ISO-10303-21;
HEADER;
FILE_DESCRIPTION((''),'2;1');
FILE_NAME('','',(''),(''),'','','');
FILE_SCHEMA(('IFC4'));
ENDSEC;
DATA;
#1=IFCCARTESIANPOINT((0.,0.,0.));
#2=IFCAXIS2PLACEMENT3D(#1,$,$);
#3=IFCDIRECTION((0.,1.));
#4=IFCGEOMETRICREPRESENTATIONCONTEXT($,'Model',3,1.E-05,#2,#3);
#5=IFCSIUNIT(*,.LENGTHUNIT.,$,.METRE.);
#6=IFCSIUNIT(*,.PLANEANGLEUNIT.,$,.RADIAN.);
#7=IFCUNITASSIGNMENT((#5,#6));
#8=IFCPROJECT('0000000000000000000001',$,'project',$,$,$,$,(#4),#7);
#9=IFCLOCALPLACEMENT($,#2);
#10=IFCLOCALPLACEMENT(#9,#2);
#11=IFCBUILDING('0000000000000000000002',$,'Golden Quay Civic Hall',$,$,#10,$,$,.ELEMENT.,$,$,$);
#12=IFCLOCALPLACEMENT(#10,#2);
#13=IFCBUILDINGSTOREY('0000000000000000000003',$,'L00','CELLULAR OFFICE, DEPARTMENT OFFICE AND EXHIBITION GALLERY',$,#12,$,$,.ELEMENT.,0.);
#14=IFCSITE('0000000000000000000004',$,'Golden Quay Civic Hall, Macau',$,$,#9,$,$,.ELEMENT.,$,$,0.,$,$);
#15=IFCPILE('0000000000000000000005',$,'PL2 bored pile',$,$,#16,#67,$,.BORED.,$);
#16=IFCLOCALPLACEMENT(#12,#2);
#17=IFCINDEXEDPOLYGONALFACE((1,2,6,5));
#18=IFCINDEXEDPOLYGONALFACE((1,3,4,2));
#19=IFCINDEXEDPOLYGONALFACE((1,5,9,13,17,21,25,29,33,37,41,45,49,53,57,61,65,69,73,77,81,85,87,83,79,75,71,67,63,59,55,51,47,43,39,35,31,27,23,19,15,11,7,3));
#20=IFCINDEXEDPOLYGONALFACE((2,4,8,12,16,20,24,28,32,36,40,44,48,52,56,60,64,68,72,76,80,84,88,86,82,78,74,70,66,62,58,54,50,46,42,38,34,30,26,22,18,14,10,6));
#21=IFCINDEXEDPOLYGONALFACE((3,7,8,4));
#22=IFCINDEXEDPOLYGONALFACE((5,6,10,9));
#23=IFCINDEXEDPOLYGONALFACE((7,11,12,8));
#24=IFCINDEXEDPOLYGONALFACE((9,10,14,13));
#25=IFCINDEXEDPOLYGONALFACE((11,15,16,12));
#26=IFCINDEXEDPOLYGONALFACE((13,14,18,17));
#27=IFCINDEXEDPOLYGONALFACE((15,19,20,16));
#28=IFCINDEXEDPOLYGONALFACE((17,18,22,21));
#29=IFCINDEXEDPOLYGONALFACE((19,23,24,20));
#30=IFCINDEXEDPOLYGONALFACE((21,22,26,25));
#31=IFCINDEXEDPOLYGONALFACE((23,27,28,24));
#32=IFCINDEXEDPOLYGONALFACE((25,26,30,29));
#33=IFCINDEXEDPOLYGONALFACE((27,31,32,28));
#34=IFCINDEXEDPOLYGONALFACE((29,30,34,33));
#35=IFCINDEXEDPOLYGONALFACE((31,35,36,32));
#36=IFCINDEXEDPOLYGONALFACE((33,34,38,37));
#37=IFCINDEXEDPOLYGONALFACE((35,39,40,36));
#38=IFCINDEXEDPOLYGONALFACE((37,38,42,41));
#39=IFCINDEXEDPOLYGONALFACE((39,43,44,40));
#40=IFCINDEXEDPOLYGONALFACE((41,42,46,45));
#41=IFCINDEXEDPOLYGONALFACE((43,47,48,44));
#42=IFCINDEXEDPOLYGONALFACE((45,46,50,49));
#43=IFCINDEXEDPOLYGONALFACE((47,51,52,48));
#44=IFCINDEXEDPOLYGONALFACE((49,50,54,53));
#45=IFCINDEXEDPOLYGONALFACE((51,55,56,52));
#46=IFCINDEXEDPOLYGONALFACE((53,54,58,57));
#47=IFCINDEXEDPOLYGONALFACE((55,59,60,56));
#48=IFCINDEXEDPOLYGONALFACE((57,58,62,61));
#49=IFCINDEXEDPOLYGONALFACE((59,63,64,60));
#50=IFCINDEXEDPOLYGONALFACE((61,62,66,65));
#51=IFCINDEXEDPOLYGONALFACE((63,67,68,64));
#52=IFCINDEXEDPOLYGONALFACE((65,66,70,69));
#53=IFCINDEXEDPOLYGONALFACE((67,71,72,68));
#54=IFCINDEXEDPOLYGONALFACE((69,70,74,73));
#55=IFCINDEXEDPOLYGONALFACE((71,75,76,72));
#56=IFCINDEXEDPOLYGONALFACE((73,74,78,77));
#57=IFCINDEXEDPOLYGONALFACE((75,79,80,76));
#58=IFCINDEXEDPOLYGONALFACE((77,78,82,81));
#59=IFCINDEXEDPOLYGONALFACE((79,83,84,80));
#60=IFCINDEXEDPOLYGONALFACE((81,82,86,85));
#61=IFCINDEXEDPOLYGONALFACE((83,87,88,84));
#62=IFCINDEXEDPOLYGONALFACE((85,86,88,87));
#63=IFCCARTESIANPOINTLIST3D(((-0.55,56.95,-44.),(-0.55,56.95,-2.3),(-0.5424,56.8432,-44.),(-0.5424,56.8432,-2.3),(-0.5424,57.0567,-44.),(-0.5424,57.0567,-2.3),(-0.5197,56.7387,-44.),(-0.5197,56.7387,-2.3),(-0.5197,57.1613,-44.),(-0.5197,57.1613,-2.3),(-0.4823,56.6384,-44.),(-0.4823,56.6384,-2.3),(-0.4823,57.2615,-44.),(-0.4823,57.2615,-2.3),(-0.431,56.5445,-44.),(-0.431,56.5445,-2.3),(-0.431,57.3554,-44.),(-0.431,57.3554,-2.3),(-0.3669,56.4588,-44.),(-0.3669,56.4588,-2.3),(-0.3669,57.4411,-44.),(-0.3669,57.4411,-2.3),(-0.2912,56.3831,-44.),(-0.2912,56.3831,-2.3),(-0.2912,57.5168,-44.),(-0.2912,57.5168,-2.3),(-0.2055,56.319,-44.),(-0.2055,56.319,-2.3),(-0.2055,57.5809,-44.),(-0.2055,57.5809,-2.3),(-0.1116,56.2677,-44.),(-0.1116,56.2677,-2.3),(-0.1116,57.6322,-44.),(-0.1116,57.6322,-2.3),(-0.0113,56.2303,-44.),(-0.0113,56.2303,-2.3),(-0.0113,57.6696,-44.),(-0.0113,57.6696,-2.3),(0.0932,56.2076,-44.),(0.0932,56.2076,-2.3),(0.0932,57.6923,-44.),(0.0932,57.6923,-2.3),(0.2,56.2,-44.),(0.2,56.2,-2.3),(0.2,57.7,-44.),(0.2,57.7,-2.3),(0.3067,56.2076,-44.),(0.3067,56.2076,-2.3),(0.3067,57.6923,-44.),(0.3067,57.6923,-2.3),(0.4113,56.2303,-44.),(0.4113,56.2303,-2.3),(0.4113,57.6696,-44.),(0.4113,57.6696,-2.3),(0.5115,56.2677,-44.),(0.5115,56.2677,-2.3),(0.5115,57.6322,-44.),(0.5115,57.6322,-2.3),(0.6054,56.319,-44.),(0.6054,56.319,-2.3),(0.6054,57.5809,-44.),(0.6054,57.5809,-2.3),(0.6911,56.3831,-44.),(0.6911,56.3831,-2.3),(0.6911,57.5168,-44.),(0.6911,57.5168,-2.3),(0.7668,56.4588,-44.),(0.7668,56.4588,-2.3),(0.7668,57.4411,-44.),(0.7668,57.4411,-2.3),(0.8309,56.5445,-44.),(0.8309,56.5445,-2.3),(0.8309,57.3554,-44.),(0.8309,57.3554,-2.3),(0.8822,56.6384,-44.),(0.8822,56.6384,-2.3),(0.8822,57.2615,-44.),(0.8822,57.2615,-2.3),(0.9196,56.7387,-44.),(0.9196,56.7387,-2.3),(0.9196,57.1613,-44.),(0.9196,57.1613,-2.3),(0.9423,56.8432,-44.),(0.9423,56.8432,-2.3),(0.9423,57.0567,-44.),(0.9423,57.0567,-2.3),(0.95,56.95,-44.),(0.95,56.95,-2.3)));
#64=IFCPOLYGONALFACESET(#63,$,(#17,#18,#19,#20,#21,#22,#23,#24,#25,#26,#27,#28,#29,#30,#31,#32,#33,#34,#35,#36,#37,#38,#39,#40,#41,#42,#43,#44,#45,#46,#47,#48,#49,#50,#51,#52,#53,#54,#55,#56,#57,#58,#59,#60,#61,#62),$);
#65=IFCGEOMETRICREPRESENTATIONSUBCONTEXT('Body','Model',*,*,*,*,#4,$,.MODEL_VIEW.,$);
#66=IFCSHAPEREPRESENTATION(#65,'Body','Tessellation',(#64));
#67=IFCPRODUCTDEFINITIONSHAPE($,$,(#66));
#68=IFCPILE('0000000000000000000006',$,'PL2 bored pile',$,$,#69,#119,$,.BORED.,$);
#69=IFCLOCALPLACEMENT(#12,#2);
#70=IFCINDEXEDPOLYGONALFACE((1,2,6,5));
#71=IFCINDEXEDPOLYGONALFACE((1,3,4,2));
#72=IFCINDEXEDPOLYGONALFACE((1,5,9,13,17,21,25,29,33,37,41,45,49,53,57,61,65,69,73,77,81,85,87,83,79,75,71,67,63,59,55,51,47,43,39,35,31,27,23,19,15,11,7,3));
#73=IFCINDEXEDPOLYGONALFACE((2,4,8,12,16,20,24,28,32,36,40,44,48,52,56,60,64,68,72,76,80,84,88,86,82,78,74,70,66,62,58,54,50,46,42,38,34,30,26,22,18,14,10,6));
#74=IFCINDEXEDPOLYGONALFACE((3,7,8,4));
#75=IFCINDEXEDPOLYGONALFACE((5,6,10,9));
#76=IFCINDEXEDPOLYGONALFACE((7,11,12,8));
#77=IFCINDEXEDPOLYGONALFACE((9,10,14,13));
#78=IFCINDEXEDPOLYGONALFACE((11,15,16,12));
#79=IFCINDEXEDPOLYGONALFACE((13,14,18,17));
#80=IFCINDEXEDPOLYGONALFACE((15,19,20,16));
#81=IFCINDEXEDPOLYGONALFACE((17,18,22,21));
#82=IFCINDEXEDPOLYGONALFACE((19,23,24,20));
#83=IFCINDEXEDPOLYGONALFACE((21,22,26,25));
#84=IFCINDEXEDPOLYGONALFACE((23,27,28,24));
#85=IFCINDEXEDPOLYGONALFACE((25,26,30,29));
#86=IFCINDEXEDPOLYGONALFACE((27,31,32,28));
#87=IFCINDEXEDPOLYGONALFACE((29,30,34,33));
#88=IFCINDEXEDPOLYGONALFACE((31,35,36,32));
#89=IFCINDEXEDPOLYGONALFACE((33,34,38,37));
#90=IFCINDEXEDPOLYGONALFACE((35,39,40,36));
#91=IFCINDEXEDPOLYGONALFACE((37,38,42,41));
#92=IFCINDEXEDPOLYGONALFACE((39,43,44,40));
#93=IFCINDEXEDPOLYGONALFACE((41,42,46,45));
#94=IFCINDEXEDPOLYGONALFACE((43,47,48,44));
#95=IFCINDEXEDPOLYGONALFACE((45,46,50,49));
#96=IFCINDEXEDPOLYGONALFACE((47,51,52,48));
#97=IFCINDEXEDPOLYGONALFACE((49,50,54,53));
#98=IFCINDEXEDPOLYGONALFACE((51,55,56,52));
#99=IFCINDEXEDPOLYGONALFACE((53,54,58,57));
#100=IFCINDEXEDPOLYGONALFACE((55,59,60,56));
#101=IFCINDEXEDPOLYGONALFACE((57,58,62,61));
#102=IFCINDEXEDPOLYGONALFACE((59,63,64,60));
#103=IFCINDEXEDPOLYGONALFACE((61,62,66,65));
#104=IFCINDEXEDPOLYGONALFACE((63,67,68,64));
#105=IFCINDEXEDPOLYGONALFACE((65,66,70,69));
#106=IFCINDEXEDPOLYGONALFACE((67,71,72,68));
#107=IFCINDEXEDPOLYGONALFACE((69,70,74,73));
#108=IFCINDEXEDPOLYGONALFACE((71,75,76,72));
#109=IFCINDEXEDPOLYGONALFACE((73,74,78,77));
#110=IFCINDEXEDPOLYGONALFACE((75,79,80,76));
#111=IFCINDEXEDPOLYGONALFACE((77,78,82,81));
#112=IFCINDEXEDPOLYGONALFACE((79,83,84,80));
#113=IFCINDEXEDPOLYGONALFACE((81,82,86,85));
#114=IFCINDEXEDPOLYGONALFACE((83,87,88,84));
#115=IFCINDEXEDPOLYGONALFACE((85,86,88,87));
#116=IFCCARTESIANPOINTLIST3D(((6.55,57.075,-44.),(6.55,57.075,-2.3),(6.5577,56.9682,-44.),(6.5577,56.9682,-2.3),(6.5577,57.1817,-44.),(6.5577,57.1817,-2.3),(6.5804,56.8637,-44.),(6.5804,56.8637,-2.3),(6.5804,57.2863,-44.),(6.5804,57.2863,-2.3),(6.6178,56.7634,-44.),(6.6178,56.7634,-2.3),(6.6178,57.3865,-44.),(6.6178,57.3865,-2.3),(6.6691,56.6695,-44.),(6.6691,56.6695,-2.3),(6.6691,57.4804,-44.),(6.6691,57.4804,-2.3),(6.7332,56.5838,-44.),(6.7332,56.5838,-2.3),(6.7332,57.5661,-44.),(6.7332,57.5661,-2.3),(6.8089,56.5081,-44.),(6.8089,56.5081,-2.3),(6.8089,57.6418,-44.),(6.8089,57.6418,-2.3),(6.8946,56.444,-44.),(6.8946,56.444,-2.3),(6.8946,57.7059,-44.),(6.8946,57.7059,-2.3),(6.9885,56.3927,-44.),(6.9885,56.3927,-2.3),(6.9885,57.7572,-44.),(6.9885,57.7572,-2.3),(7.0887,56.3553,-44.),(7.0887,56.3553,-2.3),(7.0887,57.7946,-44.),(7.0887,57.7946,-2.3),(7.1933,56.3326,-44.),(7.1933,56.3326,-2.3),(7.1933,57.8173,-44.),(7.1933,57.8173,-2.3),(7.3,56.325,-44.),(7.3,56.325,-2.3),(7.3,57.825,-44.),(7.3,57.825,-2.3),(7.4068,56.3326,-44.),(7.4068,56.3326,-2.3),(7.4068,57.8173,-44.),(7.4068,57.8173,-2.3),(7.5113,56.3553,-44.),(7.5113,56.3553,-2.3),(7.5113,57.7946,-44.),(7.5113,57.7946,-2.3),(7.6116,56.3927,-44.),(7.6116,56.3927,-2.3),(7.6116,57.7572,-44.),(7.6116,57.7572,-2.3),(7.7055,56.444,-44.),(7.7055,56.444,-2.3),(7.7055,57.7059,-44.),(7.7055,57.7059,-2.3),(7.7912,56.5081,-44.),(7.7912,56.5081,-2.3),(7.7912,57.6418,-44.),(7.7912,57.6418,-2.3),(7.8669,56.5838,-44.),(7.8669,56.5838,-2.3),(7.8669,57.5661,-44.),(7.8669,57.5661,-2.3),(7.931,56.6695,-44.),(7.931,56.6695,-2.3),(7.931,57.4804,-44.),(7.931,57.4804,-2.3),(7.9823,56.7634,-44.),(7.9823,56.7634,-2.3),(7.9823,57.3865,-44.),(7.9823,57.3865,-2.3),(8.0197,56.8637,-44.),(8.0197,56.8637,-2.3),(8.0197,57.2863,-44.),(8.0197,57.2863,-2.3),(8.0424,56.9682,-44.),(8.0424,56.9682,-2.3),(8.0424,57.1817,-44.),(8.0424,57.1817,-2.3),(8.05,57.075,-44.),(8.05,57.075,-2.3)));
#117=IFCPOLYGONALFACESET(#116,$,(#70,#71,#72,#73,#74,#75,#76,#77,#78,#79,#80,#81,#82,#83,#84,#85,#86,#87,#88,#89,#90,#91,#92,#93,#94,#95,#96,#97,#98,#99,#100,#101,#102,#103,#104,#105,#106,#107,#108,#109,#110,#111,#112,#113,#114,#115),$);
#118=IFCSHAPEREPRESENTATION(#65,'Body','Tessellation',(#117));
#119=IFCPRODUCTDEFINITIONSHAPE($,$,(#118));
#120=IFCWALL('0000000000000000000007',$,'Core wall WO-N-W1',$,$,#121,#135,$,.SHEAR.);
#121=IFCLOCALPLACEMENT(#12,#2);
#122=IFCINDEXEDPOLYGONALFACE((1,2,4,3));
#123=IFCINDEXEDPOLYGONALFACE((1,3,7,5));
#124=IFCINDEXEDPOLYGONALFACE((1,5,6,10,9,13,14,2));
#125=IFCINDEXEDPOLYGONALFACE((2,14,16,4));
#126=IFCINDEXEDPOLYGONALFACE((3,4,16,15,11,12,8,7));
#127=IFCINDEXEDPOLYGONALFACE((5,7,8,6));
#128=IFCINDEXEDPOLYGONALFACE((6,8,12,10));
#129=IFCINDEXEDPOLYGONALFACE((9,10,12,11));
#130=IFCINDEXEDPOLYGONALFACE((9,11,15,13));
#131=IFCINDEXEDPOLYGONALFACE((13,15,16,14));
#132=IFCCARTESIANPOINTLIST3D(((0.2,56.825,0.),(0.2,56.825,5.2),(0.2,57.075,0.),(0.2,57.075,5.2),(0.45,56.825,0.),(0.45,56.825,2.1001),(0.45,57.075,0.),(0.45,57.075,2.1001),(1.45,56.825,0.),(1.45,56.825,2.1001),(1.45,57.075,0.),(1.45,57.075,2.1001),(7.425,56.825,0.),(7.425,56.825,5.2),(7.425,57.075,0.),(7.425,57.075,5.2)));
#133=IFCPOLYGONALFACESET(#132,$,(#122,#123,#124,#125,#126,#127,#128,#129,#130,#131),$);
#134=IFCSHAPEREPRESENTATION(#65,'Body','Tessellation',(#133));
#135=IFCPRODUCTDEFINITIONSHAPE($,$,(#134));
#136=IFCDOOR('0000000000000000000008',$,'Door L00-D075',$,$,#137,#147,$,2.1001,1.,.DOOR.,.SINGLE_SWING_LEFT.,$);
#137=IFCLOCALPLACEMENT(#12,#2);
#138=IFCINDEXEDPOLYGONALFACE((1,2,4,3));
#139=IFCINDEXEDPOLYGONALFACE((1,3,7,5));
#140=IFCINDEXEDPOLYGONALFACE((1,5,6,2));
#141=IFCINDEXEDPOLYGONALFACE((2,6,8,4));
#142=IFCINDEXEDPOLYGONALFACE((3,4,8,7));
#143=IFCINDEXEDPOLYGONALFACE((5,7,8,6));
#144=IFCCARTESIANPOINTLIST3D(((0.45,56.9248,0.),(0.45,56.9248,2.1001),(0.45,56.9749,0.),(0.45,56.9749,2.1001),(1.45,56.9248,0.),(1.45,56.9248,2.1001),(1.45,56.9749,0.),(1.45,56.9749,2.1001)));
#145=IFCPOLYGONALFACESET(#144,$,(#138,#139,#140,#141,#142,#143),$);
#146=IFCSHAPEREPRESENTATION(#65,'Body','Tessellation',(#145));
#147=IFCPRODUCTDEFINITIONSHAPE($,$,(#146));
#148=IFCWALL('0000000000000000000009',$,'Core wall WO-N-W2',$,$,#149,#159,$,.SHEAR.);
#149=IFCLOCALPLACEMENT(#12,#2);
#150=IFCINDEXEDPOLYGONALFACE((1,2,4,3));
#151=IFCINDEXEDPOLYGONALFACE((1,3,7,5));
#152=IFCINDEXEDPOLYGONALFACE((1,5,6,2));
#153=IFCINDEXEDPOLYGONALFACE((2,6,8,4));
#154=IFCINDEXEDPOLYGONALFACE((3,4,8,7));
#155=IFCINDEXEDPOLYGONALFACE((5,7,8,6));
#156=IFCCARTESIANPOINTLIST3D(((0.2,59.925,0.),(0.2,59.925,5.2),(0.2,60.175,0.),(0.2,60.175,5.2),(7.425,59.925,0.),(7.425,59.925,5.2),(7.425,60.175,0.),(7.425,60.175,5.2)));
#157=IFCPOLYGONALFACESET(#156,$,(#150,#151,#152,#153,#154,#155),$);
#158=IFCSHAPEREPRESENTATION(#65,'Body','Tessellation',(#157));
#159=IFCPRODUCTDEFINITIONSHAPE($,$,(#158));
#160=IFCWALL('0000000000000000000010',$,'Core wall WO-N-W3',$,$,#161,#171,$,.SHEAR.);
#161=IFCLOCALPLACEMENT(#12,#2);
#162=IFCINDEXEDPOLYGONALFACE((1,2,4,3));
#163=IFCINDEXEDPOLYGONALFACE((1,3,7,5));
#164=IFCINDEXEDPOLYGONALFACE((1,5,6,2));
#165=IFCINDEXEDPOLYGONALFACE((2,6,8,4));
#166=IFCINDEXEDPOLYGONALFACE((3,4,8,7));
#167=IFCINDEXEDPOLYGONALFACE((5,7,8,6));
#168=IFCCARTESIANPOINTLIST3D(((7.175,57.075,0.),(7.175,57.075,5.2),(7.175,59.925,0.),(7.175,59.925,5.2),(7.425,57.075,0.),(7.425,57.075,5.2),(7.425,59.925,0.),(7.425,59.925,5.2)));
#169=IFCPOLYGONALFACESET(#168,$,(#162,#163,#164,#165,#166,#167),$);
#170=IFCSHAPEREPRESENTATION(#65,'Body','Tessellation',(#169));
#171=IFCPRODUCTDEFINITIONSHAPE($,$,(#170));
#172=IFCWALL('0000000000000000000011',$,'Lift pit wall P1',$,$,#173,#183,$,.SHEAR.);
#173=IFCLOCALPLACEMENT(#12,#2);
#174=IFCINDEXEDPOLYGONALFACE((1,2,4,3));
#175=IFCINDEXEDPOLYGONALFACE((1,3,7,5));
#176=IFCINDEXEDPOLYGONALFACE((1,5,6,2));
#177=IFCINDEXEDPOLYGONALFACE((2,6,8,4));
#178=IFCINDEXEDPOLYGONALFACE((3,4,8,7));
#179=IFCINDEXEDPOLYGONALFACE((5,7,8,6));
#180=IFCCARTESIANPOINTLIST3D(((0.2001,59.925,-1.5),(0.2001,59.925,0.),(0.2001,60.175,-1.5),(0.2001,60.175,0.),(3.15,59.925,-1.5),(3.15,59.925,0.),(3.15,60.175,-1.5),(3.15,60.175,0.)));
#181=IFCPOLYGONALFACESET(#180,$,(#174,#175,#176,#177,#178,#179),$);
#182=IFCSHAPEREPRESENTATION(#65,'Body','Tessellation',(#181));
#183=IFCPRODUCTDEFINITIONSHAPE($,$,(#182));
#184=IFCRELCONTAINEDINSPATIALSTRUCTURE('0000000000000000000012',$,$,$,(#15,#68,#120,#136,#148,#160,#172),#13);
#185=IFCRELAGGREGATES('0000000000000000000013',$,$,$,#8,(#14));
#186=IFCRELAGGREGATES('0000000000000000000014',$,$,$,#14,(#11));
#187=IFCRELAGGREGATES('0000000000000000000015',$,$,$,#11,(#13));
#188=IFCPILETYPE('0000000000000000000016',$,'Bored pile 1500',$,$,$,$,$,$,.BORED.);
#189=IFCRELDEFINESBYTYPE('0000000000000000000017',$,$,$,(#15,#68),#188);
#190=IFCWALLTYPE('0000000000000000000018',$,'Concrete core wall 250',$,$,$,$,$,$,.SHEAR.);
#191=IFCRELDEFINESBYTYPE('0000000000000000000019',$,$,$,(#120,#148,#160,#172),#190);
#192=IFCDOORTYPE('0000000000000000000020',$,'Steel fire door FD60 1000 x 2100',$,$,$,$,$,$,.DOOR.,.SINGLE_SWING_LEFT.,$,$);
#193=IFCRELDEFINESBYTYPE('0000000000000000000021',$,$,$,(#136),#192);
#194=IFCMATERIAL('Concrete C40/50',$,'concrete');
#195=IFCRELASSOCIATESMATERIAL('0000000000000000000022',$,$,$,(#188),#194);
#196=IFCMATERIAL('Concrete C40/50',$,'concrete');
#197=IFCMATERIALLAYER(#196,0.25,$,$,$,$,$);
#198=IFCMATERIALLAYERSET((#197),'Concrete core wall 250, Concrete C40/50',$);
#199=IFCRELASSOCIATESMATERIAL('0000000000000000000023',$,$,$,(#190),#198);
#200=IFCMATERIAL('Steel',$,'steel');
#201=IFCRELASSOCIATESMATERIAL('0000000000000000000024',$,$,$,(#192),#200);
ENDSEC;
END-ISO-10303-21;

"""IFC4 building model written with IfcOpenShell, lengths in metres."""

from ifc_helpers import new_model, si_unit, direction, frame, frame_2d, origin, origin_2d, place, context, subcontext, project, spatial, rectangle, circle, extrude, material, layer, layer_set, material_profile, profile_set, type_object, element, fill, save


model = new_model("IFC4")

# Units and contexts
model_context = context("Model", 3, precision=1e-05, world=origin(), true_north=direction((0.0, 1.0)))
body_context = subcontext(model_context, "Body", "Model", "MODEL_VIEW")
ifc_project = project(units=[si_unit("LENGTHUNIT", "METRE"), si_unit("PLANEANGLEUNIT", "RADIAN")], contexts=[model_context])

# Site, building, storey
site_placement = place(None, origin())
site = spatial("IfcSite", under=ifc_project, at=site_placement, Name="Golden Quay Civic Hall, Macau", CompositionType="ELEMENT", RefElevation=0.0)
building_placement = place(site_placement, origin())
building = spatial("IfcBuilding", under=site, at=building_placement, Name="Golden Quay Civic Hall", CompositionType="ELEMENT")
storey_placement = place(building_placement, origin())
storey = spatial("IfcBuildingStorey", under=building, at=storey_placement, Name="L00", Description="CELLULAR OFFICE, DEPARTMENT OFFICE AND EXHIBITION GALLERY", CompositionType="ELEMENT", Elevation=0.0)

# Piles
ifc_material_1 = material(Name="Concrete C40/50", Category="concrete")
ifc_material_profile = material_profile(ifc_material_1, circle(Radius=0.75, at=origin_2d()), Name="RC D1500")
ifc_profile_set = profile_set([ifc_material_profile], Name="Concrete C40/50")
pile_type = type_object("IfcPileType", Name="Bored pile 1500", PredefinedType="BORED", material=ifc_profile_set)
for number, where, z_axis, x_axis, name in (
    (1, (0.2, 56.95, -2.3), (0.0, 0.0, -1.0), (1.0, 0.0, 0.0), "PL2 bored pile"),
    (2, (7.3, 57.075, -2.3), (0.0, 0.0, -1.0), (1.0, 0.0, 0.0), "PL2 bored pile"),
):
    element("IfcPile", number, at=place(storey_placement, frame(where, z_axis=z_axis, x_axis=x_axis)), inside=storey, type_object=pile_type, Name=name, PredefinedType="BORED", context=body_context, shape_type="SweptSolid", body=[
        extrude(circle(Radius=0.75, at=origin_2d()), origin(), (0.0, 0.0, 1.0), 41.7),
    ])

# Wall, opening, door
ifc_material_2 = material(Name="Concrete C40/50", Category="concrete")
ifc_layer_1 = layer(ifc_material_2, 0.25)
ifc_layer_set_1 = layer_set([ifc_layer_1], Name="Concrete core wall 250, Concrete C40/50")
wall_type_1 = type_object("IfcWallType", Name="Concrete core wall 250", PredefinedType="SHEAR", material=ifc_layer_set_1)
wall_1_placement = place(storey_placement, frame((0.2, 56.95, 0.0), z_axis=(0.0, 0.0, 1.0), x_axis=(1.0, 0.0, 0.0)))
wall_1 = element("IfcWall", 3, at=wall_1_placement, inside=storey, type_object=wall_type_1, Name="Core wall WO-N-W1", PredefinedType="SHEAR", context=body_context, shape_type="SweptSolid", body=[
    extrude(rectangle(XDim=7.2251, YDim=0.25, at=frame_2d((3.6125, 0.0))), origin(), (0.0, 0.0, 1.0), 5.2),
])
opening_1_placement = place(wall_1_placement, frame((0.25, 0.0, 0.0)))
opening_1 = element("IfcOpeningElement", 4, at=opening_1_placement, cuts=wall_1, PredefinedType="OPENING", context=body_context, shape_type="SweptSolid", body=[
    extrude(rectangle(XDim=1.0, YDim=2.1001, at=frame_2d((0.5, 1.05))), frame((0.0, 0.135, 0.0), z_axis=(0.0, -1.0, 0.0), x_axis=(1.0, 0.0, 0.0)), (0.0, 0.0, 1.0), 0.27),
])
ifc_material_3 = material(Name="Steel", Category="steel")
door_type_1 = type_object("IfcDoorType", Name="Steel fire door FD60 1000 x 2100", OperationType="SINGLE_SWING_LEFT", PredefinedType="DOOR", material=ifc_material_3)
door_1_placement = place(opening_1_placement, origin())
door_1 = element("IfcDoor", 5, at=door_1_placement, inside=storey, type_object=door_type_1, Name="Door L00-D075", OperationType="SINGLE_SWING_LEFT", OverallHeight=2.1001, OverallWidth=1.0, PredefinedType="DOOR", context=body_context, shape_type="SweptSolid", body=[
    extrude(rectangle(XDim=1.0, YDim=2.1001, at=frame_2d((0.5, 1.05))), frame((0.0, 0.0249, 0.0), z_axis=(0.0, -1.0, 0.0), x_axis=(1.0, 0.0, 0.0)), (0.0, 0.0, 1.0), 0.05),
])
fill(opening_1, door_1)

# Walls
wall_2_placement = place(storey_placement, frame((0.2, 60.05, 0.0), z_axis=(0.0, 0.0, 1.0), x_axis=(1.0, 0.0, 0.0)))
element("IfcWall", 6, at=wall_2_placement, inside=storey, type_object=wall_type_1, Name="Core wall WO-N-W2", PredefinedType="SHEAR", context=body_context, shape_type="SweptSolid", body=[
    extrude(rectangle(XDim=7.2251, YDim=0.25, at=frame_2d((3.6125, 0.0))), origin(), (0.0, 0.0, 1.0), 5.2),
])
wall_3_placement = place(storey_placement, frame((7.3, 57.075, 0.0), z_axis=(0.0, 0.0, 1.0), x_axis=(0.0, 1.0, 0.0)))
element("IfcWall", 7, at=wall_3_placement, inside=storey, type_object=wall_type_1, Name="Core wall WO-N-W3", PredefinedType="SHEAR", context=body_context, shape_type="SweptSolid", body=[
    extrude(rectangle(XDim=2.8501, YDim=0.25, at=frame_2d((1.425, 0.0))), origin(), (0.0, 0.0, 1.0), 5.2),
])
wall_4_placement = place(storey_placement, frame((0.2, 60.05, -1.5), z_axis=(0.0, 0.0, 1.0), x_axis=(1.0, 0.0, 0.0)))
element("IfcWall", 8, at=wall_4_placement, inside=storey, type_object=wall_type_1, Name="Lift pit wall P1", PredefinedType="SHEAR", context=body_context, shape_type="SweptSolid", body=[
    extrude(rectangle(XDim=2.95, YDim=0.25, at=frame_2d((1.4751, 0.0))), origin(), (0.0, 0.0, 1.0), 1.5),
])

save(model, "model.ifc")
